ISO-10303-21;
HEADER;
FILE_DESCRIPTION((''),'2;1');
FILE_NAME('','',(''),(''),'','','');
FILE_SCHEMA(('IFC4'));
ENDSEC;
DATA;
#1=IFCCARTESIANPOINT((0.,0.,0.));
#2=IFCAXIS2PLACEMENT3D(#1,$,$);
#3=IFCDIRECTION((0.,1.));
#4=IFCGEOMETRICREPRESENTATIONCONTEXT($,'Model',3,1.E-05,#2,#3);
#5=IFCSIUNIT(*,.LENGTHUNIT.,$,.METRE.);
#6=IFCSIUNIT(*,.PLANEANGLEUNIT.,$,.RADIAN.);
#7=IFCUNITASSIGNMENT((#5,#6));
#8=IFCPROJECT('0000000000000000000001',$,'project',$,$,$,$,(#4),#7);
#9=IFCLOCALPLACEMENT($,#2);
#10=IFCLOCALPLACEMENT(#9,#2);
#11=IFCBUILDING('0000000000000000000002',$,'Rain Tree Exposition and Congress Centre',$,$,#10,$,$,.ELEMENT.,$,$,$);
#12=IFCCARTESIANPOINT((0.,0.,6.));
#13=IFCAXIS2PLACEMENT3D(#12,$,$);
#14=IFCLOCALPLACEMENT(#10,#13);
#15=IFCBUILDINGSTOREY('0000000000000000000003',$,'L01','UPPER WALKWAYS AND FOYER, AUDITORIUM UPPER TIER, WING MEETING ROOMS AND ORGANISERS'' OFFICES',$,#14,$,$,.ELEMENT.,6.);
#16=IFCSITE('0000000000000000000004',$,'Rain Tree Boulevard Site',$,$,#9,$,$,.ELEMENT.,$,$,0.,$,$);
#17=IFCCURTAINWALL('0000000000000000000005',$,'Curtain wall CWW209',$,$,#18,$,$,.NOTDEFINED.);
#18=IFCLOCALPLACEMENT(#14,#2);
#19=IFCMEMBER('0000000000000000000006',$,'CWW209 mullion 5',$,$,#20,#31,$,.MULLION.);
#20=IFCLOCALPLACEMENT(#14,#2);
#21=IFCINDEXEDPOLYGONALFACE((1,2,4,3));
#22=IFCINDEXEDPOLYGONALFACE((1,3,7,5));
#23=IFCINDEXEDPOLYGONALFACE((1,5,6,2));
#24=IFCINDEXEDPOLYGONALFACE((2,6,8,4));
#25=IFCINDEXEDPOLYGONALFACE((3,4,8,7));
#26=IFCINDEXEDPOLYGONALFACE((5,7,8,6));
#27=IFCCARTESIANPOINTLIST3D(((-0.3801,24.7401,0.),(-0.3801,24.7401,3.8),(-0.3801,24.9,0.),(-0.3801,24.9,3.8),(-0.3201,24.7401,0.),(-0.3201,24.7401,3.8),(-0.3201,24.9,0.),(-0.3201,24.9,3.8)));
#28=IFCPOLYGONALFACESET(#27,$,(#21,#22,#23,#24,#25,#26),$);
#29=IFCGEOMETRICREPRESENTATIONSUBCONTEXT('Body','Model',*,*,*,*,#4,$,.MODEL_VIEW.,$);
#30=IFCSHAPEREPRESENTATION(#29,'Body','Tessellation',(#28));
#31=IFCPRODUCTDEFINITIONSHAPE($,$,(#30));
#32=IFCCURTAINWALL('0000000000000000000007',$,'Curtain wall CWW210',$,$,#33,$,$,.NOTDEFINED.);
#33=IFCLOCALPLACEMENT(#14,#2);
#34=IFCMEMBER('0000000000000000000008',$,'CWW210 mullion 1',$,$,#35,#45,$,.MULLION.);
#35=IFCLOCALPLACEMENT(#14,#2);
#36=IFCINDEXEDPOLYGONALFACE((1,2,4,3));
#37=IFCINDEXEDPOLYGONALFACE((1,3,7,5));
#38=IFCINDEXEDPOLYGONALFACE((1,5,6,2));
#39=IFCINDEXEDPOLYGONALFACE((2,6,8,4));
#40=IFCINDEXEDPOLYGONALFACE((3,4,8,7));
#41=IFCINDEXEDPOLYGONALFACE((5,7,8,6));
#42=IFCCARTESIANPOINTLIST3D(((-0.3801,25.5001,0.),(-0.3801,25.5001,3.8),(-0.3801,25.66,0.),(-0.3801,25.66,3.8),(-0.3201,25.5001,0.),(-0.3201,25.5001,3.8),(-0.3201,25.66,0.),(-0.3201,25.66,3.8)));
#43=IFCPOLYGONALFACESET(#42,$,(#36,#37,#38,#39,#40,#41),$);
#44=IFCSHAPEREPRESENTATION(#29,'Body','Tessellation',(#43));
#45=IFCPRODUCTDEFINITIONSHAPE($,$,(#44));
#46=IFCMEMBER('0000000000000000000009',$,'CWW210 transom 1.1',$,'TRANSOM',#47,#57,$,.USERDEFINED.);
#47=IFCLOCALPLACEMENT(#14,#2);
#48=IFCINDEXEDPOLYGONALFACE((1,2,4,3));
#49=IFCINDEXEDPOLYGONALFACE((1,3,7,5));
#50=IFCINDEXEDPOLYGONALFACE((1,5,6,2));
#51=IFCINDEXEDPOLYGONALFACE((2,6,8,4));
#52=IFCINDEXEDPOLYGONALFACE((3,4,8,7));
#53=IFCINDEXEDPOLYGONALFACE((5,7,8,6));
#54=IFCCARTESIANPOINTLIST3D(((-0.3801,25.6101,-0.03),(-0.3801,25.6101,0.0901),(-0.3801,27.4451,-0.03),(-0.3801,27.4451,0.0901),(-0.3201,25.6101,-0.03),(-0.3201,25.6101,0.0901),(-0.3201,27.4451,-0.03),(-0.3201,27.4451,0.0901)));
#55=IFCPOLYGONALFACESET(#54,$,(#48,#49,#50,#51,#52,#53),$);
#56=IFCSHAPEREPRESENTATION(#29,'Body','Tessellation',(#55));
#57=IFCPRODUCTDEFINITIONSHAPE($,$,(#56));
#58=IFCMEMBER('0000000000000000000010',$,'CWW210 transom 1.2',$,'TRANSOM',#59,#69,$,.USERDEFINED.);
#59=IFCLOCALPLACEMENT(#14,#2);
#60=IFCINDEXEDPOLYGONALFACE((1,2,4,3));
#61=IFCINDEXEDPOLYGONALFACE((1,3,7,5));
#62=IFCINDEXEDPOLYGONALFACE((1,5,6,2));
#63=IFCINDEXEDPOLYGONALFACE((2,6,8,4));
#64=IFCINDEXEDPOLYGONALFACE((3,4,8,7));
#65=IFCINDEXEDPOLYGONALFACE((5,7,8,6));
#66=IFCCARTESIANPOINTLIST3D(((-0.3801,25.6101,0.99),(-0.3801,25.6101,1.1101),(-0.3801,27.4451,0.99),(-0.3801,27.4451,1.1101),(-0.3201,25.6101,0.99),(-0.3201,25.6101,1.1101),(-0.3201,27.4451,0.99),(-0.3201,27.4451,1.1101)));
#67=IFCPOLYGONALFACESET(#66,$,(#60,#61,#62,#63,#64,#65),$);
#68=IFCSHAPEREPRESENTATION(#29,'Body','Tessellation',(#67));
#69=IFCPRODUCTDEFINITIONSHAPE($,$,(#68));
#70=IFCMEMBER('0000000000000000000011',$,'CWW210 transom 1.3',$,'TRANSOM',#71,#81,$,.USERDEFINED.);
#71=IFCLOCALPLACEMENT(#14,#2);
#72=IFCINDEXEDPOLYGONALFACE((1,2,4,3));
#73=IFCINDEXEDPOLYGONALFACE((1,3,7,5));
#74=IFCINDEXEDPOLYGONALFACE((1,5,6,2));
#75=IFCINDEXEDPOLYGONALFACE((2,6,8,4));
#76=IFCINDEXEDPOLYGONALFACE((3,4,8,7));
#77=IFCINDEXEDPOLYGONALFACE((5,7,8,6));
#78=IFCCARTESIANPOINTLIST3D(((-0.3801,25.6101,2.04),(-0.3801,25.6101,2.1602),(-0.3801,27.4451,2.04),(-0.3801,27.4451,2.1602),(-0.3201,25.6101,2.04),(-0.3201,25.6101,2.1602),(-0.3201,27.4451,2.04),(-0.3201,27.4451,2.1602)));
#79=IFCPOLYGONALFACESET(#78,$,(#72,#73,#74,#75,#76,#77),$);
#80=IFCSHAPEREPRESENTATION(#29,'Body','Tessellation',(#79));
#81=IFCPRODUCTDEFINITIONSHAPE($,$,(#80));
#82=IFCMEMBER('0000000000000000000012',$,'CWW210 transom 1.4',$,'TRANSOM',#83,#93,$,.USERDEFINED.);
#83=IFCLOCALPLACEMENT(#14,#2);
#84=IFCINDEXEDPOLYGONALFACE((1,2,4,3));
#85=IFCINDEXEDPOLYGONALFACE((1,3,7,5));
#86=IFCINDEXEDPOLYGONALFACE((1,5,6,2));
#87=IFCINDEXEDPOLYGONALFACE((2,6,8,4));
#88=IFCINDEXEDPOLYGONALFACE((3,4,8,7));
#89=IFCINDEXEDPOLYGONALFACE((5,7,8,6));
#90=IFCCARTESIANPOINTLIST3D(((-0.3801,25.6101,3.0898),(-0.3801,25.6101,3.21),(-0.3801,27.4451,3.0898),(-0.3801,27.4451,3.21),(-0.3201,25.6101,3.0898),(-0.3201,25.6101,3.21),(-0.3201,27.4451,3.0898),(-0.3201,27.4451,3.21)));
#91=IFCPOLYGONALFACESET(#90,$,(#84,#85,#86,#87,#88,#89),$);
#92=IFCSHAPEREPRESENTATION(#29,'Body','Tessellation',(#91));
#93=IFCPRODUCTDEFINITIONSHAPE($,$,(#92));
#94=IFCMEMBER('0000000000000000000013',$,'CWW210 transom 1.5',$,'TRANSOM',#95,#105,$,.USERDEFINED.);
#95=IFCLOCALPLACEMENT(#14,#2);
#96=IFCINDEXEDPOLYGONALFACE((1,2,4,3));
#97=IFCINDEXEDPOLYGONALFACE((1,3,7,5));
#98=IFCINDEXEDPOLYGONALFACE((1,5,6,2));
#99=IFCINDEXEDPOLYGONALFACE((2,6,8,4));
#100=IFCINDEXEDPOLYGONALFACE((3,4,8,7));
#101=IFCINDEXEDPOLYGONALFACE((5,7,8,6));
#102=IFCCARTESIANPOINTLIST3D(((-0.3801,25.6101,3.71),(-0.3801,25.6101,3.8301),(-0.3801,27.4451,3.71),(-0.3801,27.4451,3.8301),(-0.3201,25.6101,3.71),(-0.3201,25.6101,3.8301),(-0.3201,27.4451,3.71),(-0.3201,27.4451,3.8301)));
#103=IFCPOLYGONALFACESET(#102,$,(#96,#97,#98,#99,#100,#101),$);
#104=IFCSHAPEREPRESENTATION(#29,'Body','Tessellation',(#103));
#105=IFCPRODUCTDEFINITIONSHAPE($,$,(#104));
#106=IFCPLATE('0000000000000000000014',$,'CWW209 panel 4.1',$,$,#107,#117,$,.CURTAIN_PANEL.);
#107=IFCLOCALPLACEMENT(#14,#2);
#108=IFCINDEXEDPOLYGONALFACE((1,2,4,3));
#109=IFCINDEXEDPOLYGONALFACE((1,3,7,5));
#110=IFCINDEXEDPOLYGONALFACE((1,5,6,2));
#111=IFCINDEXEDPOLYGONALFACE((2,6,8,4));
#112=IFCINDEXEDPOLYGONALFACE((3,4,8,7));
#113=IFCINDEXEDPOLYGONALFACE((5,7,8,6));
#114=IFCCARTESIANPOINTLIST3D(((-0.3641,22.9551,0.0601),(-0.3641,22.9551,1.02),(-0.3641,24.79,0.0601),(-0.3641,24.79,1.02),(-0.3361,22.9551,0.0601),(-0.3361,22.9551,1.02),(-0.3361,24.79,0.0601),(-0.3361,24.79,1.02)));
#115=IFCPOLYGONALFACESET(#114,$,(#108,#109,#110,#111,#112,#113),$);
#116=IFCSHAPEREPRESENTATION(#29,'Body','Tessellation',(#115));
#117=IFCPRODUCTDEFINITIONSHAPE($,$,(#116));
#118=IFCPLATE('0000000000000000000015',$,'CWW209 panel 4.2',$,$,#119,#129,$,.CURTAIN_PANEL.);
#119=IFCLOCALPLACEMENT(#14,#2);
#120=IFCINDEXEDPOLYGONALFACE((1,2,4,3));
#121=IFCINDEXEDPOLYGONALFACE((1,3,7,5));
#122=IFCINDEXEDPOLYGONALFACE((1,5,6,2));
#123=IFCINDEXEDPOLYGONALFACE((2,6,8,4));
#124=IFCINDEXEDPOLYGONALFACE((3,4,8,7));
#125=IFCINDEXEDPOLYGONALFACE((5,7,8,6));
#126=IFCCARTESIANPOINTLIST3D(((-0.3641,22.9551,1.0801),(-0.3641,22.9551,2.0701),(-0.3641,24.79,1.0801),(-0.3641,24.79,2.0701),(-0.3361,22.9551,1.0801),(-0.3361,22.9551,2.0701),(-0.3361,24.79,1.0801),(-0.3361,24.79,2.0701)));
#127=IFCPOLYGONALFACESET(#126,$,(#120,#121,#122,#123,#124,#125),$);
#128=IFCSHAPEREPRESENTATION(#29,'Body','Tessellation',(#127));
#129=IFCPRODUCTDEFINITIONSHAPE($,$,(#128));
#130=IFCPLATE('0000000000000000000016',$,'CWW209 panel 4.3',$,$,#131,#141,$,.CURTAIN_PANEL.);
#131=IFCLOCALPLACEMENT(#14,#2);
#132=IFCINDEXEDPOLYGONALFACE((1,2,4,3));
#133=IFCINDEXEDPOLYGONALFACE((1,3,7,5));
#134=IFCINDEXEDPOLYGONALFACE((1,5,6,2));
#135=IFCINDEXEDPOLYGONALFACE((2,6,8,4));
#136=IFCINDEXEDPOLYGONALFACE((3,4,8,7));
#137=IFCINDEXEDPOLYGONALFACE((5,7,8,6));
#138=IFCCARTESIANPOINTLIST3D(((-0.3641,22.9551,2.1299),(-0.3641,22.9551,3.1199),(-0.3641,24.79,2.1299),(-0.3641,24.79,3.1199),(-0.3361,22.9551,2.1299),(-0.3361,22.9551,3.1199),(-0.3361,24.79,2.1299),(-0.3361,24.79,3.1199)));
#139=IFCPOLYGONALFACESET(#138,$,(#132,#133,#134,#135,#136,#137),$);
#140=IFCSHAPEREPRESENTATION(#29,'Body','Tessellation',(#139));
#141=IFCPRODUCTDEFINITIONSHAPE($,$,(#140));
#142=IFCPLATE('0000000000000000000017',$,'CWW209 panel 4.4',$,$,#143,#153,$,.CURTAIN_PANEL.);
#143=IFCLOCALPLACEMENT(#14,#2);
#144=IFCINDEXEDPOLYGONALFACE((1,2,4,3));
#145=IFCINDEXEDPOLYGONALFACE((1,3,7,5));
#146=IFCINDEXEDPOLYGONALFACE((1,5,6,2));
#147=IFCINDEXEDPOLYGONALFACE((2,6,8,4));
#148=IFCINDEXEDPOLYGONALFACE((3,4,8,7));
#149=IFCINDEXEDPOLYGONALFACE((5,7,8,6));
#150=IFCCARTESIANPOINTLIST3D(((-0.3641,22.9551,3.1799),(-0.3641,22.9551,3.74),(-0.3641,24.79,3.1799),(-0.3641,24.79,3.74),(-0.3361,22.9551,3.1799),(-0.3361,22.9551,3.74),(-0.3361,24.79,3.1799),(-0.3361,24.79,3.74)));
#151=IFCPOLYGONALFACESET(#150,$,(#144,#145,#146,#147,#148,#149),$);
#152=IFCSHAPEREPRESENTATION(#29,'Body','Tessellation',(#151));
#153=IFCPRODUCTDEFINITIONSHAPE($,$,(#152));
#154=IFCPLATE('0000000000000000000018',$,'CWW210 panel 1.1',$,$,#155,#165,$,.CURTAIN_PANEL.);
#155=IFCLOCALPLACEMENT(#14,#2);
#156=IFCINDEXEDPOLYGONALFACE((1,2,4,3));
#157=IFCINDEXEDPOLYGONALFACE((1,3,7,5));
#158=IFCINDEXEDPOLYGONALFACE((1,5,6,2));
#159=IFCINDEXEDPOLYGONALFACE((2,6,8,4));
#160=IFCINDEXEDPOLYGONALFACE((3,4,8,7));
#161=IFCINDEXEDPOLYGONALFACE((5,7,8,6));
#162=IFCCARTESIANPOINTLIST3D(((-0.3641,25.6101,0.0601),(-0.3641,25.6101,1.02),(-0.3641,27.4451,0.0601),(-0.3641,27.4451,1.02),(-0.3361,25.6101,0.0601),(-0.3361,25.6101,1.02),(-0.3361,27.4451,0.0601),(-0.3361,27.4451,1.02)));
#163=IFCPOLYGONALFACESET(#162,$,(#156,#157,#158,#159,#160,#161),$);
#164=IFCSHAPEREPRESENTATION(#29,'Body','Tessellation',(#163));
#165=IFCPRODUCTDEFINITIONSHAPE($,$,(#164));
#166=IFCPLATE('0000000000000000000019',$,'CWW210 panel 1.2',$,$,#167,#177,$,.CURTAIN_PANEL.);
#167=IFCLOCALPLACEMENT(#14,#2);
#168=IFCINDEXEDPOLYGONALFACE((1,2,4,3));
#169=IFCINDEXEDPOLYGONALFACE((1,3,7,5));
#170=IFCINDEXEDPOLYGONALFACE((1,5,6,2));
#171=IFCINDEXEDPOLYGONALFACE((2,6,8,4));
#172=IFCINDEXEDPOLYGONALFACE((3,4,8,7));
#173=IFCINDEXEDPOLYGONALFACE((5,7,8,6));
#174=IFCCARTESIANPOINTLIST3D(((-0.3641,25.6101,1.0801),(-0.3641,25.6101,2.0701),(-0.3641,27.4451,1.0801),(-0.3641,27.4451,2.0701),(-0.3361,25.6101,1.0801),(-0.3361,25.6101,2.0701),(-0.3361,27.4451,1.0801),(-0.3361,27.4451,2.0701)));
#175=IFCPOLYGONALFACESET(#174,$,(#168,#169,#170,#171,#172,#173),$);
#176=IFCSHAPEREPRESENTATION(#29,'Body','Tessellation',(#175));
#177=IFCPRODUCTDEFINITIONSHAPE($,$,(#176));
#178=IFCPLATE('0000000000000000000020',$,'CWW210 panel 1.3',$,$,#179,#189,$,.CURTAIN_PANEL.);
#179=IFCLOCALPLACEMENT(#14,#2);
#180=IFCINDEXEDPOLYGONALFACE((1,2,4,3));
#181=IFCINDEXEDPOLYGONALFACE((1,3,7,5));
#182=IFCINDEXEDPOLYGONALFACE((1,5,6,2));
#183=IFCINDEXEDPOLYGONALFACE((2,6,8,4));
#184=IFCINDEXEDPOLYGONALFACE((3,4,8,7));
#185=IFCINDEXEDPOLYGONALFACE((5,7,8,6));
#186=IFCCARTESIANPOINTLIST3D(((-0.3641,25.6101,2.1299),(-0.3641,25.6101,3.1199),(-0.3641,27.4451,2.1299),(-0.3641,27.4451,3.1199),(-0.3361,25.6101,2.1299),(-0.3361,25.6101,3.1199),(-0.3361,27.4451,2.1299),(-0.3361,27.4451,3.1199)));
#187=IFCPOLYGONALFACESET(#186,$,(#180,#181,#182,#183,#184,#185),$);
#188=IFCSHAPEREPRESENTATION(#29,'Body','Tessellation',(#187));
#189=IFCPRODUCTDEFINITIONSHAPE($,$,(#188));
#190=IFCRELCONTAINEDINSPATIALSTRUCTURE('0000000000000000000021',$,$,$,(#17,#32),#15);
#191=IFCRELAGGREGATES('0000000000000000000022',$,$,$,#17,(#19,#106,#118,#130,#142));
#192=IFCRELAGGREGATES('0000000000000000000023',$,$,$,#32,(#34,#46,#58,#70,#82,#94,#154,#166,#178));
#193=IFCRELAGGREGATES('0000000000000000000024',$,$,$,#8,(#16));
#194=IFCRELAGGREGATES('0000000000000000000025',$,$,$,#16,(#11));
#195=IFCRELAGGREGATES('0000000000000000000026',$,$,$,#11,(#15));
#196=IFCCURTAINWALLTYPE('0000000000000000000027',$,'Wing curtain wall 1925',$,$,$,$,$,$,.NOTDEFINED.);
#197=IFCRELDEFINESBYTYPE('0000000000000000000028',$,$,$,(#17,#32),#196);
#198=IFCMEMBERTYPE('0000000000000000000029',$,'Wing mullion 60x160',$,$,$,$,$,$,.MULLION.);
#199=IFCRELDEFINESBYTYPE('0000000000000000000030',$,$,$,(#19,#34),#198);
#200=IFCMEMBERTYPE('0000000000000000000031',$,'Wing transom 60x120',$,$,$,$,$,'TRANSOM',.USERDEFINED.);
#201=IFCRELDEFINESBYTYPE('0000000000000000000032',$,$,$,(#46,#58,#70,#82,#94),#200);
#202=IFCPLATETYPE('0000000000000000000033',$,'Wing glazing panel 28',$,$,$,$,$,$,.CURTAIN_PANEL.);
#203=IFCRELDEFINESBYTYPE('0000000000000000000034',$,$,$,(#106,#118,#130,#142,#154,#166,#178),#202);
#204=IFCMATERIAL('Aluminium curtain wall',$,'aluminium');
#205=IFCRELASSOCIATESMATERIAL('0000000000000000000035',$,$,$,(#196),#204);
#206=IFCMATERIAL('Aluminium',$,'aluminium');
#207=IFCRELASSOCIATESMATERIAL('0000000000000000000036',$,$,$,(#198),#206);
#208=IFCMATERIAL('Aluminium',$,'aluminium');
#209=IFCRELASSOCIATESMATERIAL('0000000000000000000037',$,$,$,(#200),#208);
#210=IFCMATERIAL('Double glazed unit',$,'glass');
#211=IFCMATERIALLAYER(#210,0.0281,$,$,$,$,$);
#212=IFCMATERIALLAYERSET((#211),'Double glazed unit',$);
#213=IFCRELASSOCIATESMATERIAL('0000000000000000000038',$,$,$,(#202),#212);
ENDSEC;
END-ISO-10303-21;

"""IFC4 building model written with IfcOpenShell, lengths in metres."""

from ifc_helpers import new_model, si_unit, direction, frame, origin, origin_2d, place, context, subcontext, project, spatial, rectangle, extrude, material, layer, layer_set, material_profile, profile_set, type_object, element, aggregate, save


model = new_model("IFC4")

# Units and contexts
model_context = context("Model", 3, precision=1e-05, world=origin(), true_north=direction((0.0, 1.0)))
body_context = subcontext(model_context, "Body", "Model", "MODEL_VIEW")
ifc_project = project(units=[si_unit("LENGTHUNIT", "METRE"), si_unit("PLANEANGLEUNIT", "RADIAN")], contexts=[model_context])

# Site, building, storey
site_placement = place(None, origin())
site = spatial("IfcSite", under=ifc_project, at=site_placement, Name="Rain Tree Boulevard Site", CompositionType="ELEMENT", RefElevation=0.0)
building_placement = place(site_placement, origin())
building = spatial("IfcBuilding", under=site, at=building_placement, Name="Rain Tree Exposition and Congress Centre", CompositionType="ELEMENT")
storey_placement = place(building_placement, frame((0.0, 0.0, 6.0)))
storey = spatial("IfcBuildingStorey", under=building, at=storey_placement, Name="L01", Description="UPPER WALKWAYS AND FOYER, AUDITORIUM UPPER TIER, WING MEETING ROOMS AND ORGANISERS' OFFICES", CompositionType="ELEMENT", Elevation=6.0)

# Curtain wall, member
ifc_material_1 = material(Name="Aluminium curtain wall", Category="aluminium")
curtain_wall_type = type_object("IfcCurtainWallType", Name="Wing curtain wall 1925", PredefinedType="NOTDEFINED", material=ifc_material_1)
curtain_wall_1_placement = place(storey_placement, origin())
curtain_wall_1 = element("IfcCurtainWall", 1, at=curtain_wall_1_placement, inside=storey, type_object=curtain_wall_type, Name="Curtain wall CWW209", PredefinedType="NOTDEFINED")
ifc_material_2 = material(Name="Aluminium", Category="aluminium")
ifc_material_profile_1 = material_profile(ifc_material_2, rectangle(XDim=0.0601, YDim=0.1599, at=origin_2d()), Name="Aluminium 60x160")
ifc_profile_set_1 = profile_set([ifc_material_profile_1], Name="Aluminium")
member_type_1 = type_object("IfcMemberType", Name="Wing mullion 60x160", PredefinedType="MULLION", material=ifc_profile_set_1)
member_1_placement = place(storey_placement, frame((-0.3501, 24.8201, 0.0), z_axis=(0.0, 0.0, 1.0), x_axis=(-1.0, 0.0, 0.0)))
member_1 = element("IfcMember", 2, at=member_1_placement, type_object=member_type_1, Name="CWW209 mullion 5", PredefinedType="MULLION", context=body_context, shape_type="SweptSolid", body=[
    extrude(rectangle(XDim=0.0601, YDim=0.1599, at=origin_2d()), origin(), (0.0, 0.0, 1.0), 3.8),
])

# Curtain wall, members
curtain_wall_2_placement = place(storey_placement, origin())
curtain_wall_2 = element("IfcCurtainWall", 3, at=curtain_wall_2_placement, inside=storey, type_object=curtain_wall_type, Name="Curtain wall CWW210", PredefinedType="NOTDEFINED")
member_2_placement = place(storey_placement, frame((-0.3501, 25.5801, 0.0), z_axis=(0.0, 0.0, 1.0), x_axis=(-1.0, 0.0, 0.0)))
member_2 = element("IfcMember", 4, at=member_2_placement, type_object=member_type_1, Name="CWW210 mullion 1", PredefinedType="MULLION", context=body_context, shape_type="SweptSolid", body=[
    extrude(rectangle(XDim=0.0601, YDim=0.1599, at=origin_2d()), origin(), (0.0, 0.0, 1.0), 3.8),
])
ifc_material_3 = material(Name="Aluminium", Category="aluminium")
ifc_material_profile_2 = material_profile(ifc_material_3, rectangle(XDim=0.0601, YDim=0.1201, at=origin_2d()), Name="Aluminium 60x120")
ifc_profile_set_2 = profile_set([ifc_material_profile_2], Name="Aluminium")
member_type_2 = type_object("IfcMemberType", Name="Wing transom 60x120", ElementType="TRANSOM", PredefinedType="USERDEFINED", material=ifc_profile_set_2)
member_3_placement = place(storey_placement, frame((-0.3501, 25.6101, 0.03), z_axis=(0.0, 1.0, 0.0), x_axis=(-1.0, 0.0, 0.0)))
member_3 = element("IfcMember", 5, at=member_3_placement, type_object=member_type_2, Name="CWW210 transom 1.1", ObjectType="TRANSOM", PredefinedType="USERDEFINED", context=body_context, shape_type="SweptSolid", body=[
    extrude(rectangle(XDim=0.0601, YDim=0.1201, at=origin_2d()), origin(), (0.0, 0.0, 1.0), 1.835),
])
member_4_placement = place(storey_placement, frame((-0.3501, 25.6101, 1.05), z_axis=(0.0, 1.0, 0.0), x_axis=(-1.0, 0.0, 0.0)))
member_4 = element("IfcMember", 6, at=member_4_placement, type_object=member_type_2, Name="CWW210 transom 1.2", ObjectType="TRANSOM", PredefinedType="USERDEFINED", context=body_context, shape_type="SweptSolid", body=[
    extrude(rectangle(XDim=0.0601, YDim=0.1201, at=origin_2d()), origin(), (0.0, 0.0, 1.0), 1.835),
])
member_5_placement = place(storey_placement, frame((-0.3501, 25.6101, 2.1001), z_axis=(0.0, 1.0, 0.0), x_axis=(-1.0, 0.0, 0.0)))
member_5 = element("IfcMember", 7, at=member_5_placement, type_object=member_type_2, Name="CWW210 transom 1.3", ObjectType="TRANSOM", PredefinedType="USERDEFINED", context=body_context, shape_type="SweptSolid", body=[
    extrude(rectangle(XDim=0.0601, YDim=0.1201, at=origin_2d()), origin(), (0.0, 0.0, 1.0), 1.835),
])
member_6_placement = place(storey_placement, frame((-0.3501, 25.6101, 3.1499), z_axis=(0.0, 1.0, 0.0), x_axis=(-1.0, 0.0, 0.0)))
member_6 = element("IfcMember", 8, at=member_6_placement, type_object=member_type_2, Name="CWW210 transom 1.4", ObjectType="TRANSOM", PredefinedType="USERDEFINED", context=body_context, shape_type="SweptSolid", body=[
    extrude(rectangle(XDim=0.0601, YDim=0.1201, at=origin_2d()), origin(), (0.0, 0.0, 1.0), 1.835),
])
member_7_placement = place(storey_placement, frame((-0.3501, 25.6101, 3.77), z_axis=(0.0, 1.0, 0.0), x_axis=(-1.0, 0.0, 0.0)))
member_7 = element("IfcMember", 9, at=member_7_placement, type_object=member_type_2, Name="CWW210 transom 1.5", ObjectType="TRANSOM", PredefinedType="USERDEFINED", context=body_context, shape_type="SweptSolid", body=[
    extrude(rectangle(XDim=0.0601, YDim=0.1201, at=origin_2d()), origin(), (0.0, 0.0, 1.0), 1.835),
])

# Plates
ifc_material_4 = material(Name="Double glazed unit", Category="glass")
ifc_layer_1 = layer(ifc_material_4, 0.0281)
ifc_layer_set_1 = layer_set([ifc_layer_1], Name="Double glazed unit")
plate_type = type_object("IfcPlateType", Name="Wing glazing panel 28", PredefinedType="CURTAIN_PANEL", material=ifc_layer_set_1)
plate_1_placement = place(storey_placement, frame((-0.3501, 23.8726, 0.0601), z_axis=(0.0, 0.0, 1.0), x_axis=(0.0, 1.0, 0.0)))
plate_1 = element("IfcPlate", 10, at=plate_1_placement, type_object=plate_type, Name="CWW209 panel 4.1", PredefinedType="CURTAIN_PANEL", context=body_context, shape_type="SweptSolid", body=[
    extrude(rectangle(XDim=1.835, YDim=0.0281, at=origin_2d()), origin(), (0.0, 0.0, 1.0), 0.96),
])
plate_2_placement = place(storey_placement, frame((-0.3501, 23.8726, 1.0801), z_axis=(0.0, 0.0, 1.0), x_axis=(0.0, 1.0, 0.0)))
plate_2 = element("IfcPlate", 11, at=plate_2_placement, type_object=plate_type, Name="CWW209 panel 4.2", PredefinedType="CURTAIN_PANEL", context=body_context, shape_type="SweptSolid", body=[
    extrude(rectangle(XDim=1.835, YDim=0.0281, at=origin_2d()), origin(), (0.0, 0.0, 1.0), 0.99),
])
plate_3_placement = place(storey_placement, frame((-0.3501, 23.8726, 2.1299), z_axis=(0.0, 0.0, 1.0), x_axis=(0.0, 1.0, 0.0)))
plate_3 = element("IfcPlate", 12, at=plate_3_placement, type_object=plate_type, Name="CWW209 panel 4.3", PredefinedType="CURTAIN_PANEL", context=body_context, shape_type="SweptSolid", body=[
    extrude(rectangle(XDim=1.835, YDim=0.0281, at=origin_2d()), origin(), (0.0, 0.0, 1.0), 0.99),
])
plate_4_placement = place(storey_placement, frame((-0.3501, 23.8726, 3.1799), z_axis=(0.0, 0.0, 1.0), x_axis=(0.0, 1.0, 0.0)))
plate_4 = element("IfcPlate", 13, at=plate_4_placement, type_object=plate_type, Name="CWW209 panel 4.4", PredefinedType="CURTAIN_PANEL", context=body_context, shape_type="SweptSolid", body=[
    extrude(rectangle(XDim=1.835, YDim=0.0281, at=origin_2d()), origin(), (0.0, 0.0, 1.0), 0.5601),
])
aggregate(curtain_wall_1, [member_1, plate_1, plate_2, plate_3, plate_4])
plate_5_placement = place(storey_placement, frame((-0.3501, 26.5276, 0.0601), z_axis=(0.0, 0.0, 1.0), x_axis=(0.0, 1.0, 0.0)))
plate_5 = element("IfcPlate", 14, at=plate_5_placement, type_object=plate_type, Name="CWW210 panel 1.1", PredefinedType="CURTAIN_PANEL", context=body_context, shape_type="SweptSolid", body=[
    extrude(rectangle(XDim=1.835, YDim=0.0281, at=origin_2d()), origin(), (0.0, 0.0, 1.0), 0.96),
])
plate_6_placement = place(storey_placement, frame((-0.3501, 26.5276, 1.0801), z_axis=(0.0, 0.0, 1.0), x_axis=(0.0, 1.0, 0.0)))
plate_6 = element("IfcPlate", 15, at=plate_6_placement, type_object=plate_type, Name="CWW210 panel 1.2", PredefinedType="CURTAIN_PANEL", context=body_context, shape_type="SweptSolid", body=[
    extrude(rectangle(XDim=1.835, YDim=0.0281, at=origin_2d()), origin(), (0.0, 0.0, 1.0), 0.99),
])
plate_7_placement = place(storey_placement, frame((-0.3501, 26.5276, 2.1299), z_axis=(0.0, 0.0, 1.0), x_axis=(0.0, 1.0, 0.0)))
plate_7 = element("IfcPlate", 16, at=plate_7_placement, type_object=plate_type, Name="CWW210 panel 1.3", PredefinedType="CURTAIN_PANEL", context=body_context, shape_type="SweptSolid", body=[
    extrude(rectangle(XDim=1.835, YDim=0.0281, at=origin_2d()), origin(), (0.0, 0.0, 1.0), 0.99),
])
aggregate(curtain_wall_2, [member_2, member_3, member_4, member_5, member_6, member_7, plate_5, plate_6, plate_7])

save(model, "model.ifc")
